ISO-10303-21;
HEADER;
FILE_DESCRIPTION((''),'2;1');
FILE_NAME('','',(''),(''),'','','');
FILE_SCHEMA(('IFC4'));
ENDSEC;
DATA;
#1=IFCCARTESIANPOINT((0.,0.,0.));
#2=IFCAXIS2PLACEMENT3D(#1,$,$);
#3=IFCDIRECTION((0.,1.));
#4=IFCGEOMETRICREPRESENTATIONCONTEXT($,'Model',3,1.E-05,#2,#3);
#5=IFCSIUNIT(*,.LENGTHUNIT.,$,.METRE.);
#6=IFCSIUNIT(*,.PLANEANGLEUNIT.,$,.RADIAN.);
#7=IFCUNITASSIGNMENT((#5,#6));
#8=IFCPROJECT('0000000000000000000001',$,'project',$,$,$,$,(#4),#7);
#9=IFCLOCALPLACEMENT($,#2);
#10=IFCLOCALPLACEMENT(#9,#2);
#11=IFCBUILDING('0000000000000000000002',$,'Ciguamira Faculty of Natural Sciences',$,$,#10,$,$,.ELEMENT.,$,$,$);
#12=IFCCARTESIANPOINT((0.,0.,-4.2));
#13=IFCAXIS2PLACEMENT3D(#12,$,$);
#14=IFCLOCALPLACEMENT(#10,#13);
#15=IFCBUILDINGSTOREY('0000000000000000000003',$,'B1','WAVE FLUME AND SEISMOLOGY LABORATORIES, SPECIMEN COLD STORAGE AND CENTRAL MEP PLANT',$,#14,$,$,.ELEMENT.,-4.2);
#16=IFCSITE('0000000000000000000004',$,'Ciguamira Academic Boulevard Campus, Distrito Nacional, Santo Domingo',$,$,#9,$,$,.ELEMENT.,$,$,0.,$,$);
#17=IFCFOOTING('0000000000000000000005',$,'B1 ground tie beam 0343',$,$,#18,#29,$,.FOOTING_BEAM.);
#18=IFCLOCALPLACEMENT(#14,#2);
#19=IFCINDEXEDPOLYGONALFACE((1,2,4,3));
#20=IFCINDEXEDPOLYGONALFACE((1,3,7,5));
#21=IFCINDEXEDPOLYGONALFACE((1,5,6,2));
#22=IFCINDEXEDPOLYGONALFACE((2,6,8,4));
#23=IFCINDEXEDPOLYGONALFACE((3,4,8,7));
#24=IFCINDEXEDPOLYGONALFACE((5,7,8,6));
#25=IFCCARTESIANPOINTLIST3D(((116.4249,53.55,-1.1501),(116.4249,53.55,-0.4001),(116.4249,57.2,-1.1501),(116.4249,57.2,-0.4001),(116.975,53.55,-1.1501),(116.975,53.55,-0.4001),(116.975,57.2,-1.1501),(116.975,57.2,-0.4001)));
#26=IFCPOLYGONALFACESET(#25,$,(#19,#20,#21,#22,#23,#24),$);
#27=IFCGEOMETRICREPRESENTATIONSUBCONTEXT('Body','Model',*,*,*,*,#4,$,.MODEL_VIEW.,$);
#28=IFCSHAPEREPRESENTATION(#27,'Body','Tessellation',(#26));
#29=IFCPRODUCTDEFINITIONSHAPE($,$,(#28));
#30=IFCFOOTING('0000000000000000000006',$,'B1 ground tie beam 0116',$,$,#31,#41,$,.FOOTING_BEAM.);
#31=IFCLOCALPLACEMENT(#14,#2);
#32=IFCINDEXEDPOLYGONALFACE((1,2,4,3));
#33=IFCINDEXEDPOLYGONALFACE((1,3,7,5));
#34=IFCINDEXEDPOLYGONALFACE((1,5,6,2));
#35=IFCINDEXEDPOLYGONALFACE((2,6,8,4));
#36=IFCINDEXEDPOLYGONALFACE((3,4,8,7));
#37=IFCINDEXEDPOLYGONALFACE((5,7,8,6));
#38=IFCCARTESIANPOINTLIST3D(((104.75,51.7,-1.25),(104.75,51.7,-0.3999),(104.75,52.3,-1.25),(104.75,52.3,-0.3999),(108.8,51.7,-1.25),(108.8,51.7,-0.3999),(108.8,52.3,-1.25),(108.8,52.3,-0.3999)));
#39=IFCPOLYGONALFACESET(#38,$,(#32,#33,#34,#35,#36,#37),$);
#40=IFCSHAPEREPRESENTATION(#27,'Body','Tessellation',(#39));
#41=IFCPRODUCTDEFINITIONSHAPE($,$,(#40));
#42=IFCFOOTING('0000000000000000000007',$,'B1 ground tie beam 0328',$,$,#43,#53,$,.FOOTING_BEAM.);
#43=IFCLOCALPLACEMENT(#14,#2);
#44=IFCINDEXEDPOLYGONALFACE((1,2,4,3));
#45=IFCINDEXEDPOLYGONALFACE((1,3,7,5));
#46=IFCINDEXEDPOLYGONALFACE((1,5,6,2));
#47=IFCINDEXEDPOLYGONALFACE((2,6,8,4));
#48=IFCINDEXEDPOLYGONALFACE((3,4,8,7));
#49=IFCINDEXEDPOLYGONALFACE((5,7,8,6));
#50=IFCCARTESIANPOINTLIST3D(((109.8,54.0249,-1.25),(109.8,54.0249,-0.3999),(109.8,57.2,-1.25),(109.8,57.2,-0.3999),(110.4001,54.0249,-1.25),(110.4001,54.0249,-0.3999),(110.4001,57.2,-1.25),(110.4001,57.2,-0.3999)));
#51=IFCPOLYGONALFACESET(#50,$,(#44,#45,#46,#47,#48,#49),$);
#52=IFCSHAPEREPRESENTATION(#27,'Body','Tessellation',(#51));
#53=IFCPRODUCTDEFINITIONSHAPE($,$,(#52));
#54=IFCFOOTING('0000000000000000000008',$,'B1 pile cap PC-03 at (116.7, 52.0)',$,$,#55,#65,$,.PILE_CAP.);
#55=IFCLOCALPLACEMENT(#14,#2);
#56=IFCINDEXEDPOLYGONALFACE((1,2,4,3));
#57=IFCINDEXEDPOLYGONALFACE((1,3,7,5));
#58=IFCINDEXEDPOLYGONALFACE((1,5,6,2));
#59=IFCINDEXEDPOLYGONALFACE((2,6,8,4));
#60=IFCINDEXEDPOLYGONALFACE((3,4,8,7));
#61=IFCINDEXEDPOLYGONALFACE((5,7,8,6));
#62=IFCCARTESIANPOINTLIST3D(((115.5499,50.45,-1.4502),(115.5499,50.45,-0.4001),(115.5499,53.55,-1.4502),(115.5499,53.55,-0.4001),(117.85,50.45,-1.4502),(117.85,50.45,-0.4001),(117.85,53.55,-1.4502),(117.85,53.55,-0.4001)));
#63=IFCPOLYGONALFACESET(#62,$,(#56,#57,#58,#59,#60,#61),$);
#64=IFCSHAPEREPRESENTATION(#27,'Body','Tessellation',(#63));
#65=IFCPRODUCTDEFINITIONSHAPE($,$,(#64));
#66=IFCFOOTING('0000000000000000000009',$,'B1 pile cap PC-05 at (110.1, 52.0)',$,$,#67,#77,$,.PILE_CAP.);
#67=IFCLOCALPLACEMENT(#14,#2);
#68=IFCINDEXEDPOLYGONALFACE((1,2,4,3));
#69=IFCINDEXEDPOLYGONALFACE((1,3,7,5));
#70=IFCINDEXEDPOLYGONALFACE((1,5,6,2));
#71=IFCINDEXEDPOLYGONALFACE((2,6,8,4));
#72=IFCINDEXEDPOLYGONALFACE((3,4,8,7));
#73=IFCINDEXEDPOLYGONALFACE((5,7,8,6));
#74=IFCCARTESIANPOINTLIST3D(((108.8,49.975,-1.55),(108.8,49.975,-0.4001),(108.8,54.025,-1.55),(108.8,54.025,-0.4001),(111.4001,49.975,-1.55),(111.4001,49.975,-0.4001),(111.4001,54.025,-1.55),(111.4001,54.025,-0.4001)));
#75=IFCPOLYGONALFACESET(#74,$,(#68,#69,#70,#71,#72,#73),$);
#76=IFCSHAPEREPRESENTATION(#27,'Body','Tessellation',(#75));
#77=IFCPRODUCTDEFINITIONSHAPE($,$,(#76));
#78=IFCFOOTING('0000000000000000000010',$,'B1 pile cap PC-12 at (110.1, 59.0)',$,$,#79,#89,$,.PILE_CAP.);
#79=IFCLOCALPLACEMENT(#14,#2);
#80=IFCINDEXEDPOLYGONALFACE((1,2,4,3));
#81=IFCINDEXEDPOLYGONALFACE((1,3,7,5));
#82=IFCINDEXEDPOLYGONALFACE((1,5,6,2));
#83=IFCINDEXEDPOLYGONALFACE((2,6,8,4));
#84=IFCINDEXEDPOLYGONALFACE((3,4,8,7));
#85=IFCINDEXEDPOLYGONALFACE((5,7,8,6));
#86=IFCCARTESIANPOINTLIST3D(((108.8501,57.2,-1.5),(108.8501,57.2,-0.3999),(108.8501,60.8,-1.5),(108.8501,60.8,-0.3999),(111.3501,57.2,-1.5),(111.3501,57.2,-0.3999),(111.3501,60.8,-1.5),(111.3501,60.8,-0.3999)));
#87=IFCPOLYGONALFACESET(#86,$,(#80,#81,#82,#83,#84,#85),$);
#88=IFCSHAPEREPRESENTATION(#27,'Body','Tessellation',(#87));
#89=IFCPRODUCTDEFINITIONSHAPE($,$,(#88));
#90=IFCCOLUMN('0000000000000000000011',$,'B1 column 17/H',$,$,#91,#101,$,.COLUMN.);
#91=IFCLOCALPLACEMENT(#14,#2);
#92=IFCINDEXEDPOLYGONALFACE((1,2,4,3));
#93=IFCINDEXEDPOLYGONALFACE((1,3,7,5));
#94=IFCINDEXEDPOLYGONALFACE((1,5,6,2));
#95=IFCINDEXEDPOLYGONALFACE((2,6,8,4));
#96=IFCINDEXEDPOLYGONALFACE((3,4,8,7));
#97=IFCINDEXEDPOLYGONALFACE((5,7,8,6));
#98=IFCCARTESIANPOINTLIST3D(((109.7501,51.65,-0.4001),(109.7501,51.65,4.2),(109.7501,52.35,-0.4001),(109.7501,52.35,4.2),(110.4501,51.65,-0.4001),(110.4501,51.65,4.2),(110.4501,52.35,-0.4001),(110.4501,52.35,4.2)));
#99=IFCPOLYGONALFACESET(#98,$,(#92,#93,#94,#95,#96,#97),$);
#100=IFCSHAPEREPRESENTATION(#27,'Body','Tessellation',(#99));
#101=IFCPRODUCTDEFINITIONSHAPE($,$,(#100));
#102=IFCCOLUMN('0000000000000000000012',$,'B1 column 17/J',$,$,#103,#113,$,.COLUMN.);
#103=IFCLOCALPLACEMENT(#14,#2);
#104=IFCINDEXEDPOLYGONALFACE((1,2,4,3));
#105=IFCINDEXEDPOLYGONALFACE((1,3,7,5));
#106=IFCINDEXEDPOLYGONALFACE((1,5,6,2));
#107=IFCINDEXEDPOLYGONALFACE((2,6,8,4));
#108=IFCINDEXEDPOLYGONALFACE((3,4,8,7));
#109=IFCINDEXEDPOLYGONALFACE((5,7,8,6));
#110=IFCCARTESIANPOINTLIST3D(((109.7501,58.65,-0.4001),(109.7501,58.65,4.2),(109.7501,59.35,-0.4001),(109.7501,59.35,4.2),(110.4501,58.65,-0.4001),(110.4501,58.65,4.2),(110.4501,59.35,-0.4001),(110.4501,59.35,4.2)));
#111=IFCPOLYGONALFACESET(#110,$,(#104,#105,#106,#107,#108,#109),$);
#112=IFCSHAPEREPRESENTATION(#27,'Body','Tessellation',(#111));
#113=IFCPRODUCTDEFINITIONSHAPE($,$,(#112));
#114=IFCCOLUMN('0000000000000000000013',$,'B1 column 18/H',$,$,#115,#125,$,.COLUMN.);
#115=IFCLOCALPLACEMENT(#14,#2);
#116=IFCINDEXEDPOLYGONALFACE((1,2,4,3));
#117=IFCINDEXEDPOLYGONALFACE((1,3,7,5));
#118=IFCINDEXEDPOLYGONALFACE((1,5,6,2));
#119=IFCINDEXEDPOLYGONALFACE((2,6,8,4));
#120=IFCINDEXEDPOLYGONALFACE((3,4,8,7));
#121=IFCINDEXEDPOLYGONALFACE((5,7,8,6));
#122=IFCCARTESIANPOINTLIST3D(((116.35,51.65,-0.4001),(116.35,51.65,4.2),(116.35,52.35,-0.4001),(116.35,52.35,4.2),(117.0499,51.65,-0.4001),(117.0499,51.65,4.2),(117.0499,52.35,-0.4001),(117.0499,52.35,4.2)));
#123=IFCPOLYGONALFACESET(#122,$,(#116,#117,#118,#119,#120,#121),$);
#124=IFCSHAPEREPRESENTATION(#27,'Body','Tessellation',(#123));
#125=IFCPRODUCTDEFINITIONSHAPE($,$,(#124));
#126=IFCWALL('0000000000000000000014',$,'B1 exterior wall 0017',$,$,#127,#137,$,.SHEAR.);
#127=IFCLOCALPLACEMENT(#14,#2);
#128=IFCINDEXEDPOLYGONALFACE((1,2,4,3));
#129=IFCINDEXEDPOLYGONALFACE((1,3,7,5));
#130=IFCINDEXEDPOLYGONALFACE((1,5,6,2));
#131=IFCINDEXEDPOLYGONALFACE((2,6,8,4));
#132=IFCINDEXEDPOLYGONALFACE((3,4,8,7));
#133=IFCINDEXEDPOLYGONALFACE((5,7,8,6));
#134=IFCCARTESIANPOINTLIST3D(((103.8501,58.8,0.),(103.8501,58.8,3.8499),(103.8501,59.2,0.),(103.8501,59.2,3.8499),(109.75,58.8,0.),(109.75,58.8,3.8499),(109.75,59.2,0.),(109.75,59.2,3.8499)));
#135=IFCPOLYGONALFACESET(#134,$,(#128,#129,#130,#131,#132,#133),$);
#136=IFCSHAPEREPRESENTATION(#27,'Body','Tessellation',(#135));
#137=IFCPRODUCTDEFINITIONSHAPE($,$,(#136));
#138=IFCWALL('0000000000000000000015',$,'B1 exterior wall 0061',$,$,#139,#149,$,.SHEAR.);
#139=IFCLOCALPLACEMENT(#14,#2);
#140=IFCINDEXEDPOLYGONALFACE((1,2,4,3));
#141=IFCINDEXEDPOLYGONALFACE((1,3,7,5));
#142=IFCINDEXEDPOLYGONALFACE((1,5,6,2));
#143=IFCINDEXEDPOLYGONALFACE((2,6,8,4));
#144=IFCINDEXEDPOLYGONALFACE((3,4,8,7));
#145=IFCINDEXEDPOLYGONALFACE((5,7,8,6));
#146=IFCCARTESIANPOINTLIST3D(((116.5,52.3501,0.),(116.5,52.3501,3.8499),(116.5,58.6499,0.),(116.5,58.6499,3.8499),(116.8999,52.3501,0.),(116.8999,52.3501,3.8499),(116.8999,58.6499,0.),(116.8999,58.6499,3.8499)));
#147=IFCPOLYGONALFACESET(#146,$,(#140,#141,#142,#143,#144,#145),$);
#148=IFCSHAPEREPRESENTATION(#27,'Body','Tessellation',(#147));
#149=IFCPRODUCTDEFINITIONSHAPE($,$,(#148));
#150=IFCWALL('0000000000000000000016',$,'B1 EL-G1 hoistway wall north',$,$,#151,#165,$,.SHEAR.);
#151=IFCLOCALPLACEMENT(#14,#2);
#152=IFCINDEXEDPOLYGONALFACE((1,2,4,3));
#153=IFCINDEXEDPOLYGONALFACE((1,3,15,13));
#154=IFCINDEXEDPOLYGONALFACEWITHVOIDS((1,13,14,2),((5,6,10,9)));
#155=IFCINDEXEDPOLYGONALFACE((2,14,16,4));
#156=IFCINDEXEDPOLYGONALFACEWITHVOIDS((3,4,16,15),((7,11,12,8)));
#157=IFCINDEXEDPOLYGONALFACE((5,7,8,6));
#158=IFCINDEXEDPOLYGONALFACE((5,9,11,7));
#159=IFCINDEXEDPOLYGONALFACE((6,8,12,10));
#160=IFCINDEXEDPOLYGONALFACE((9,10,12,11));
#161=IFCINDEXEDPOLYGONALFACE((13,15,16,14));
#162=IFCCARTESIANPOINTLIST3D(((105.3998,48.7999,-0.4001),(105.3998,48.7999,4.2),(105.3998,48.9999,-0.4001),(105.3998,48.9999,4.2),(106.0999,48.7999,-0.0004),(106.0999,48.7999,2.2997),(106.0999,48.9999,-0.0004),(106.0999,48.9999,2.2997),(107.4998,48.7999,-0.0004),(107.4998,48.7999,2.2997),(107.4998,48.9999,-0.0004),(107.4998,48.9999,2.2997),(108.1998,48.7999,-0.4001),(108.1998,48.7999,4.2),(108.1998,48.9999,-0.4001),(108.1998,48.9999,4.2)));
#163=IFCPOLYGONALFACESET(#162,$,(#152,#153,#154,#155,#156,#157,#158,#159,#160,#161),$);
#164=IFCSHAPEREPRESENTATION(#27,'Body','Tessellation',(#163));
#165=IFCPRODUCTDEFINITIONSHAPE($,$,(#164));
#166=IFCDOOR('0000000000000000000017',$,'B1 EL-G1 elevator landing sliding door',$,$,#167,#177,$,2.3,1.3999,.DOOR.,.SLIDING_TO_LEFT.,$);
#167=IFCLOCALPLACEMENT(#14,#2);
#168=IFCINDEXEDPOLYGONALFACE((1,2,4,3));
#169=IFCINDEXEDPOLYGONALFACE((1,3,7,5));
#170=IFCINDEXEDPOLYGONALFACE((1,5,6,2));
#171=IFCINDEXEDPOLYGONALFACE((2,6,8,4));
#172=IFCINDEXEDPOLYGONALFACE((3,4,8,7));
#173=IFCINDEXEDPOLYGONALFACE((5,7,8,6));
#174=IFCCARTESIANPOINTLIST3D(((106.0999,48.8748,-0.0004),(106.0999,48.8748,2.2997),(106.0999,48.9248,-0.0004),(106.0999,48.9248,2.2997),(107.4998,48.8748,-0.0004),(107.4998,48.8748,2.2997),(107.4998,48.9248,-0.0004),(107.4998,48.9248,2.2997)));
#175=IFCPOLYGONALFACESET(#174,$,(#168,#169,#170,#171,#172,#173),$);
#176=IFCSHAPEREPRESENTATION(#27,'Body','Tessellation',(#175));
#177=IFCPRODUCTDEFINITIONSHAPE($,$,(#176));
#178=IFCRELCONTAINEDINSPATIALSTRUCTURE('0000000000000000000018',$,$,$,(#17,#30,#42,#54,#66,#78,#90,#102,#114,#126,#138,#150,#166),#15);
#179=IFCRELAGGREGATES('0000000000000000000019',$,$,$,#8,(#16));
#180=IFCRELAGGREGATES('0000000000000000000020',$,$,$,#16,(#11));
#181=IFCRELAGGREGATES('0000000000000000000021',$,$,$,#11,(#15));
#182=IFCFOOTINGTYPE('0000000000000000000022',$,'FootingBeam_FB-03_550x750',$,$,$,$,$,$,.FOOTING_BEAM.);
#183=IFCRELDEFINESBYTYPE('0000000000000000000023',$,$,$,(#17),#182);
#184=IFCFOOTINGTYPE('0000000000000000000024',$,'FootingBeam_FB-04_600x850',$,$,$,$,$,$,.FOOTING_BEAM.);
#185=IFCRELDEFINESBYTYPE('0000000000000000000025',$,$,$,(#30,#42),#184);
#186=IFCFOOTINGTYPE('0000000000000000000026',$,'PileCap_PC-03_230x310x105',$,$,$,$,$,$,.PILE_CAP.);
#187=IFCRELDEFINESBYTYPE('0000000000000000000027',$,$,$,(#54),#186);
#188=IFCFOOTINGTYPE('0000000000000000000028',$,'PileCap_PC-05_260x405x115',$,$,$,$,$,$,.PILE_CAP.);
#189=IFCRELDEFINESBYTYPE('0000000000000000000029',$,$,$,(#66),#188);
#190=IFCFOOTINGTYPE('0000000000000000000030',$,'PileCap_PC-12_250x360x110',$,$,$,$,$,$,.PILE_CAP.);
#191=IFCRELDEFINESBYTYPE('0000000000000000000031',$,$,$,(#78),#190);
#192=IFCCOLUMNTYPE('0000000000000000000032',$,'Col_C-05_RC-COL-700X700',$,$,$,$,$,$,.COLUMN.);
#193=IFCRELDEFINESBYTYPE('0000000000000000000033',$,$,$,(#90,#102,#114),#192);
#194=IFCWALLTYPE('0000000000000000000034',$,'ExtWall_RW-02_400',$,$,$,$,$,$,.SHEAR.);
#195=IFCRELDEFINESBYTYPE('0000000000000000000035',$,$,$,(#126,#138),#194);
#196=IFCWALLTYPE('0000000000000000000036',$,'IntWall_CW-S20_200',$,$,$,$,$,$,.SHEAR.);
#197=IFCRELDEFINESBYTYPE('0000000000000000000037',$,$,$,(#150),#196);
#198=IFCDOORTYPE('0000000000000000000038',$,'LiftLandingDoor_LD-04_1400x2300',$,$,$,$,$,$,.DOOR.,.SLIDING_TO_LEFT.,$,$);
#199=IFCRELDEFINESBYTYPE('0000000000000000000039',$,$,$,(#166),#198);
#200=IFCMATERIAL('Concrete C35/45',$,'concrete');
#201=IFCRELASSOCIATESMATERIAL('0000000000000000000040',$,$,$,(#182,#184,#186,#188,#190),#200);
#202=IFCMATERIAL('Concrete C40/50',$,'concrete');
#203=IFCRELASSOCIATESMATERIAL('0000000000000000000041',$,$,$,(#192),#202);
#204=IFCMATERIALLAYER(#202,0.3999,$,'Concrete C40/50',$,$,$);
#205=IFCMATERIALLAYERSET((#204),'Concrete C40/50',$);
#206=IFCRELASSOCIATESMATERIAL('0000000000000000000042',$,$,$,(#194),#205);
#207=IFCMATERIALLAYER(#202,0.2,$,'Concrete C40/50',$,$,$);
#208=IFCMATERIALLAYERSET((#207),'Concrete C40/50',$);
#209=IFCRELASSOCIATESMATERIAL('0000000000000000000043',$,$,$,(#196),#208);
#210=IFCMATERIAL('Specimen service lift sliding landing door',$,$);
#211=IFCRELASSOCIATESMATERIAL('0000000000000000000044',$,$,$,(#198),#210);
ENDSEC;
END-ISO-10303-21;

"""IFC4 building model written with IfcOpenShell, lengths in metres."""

from ifc_helpers import new_model, si_unit, direction, frame, frame_2d, origin, origin_2d, place, context, subcontext, project, spatial, rectangle, extrude, material, layer, layer_set, material_profile, profile_set, type_object, element, fill, save


model = new_model("IFC4")

# Units and contexts
model_context = context("Model", 3, precision=1e-05, world=origin(), true_north=direction((0.0, 1.0)))
body_context = subcontext(model_context, "Body", "Model", "MODEL_VIEW")
ifc_project = project(units=[si_unit("LENGTHUNIT", "METRE"), si_unit("PLANEANGLEUNIT", "RADIAN")], contexts=[model_context])

# Site, building, storey
site_placement = place(None, origin())
site = spatial("IfcSite", under=ifc_project, at=site_placement, Name="Ciguamira Academic Boulevard Campus, Distrito Nacional, Santo Domingo", CompositionType="ELEMENT", RefElevation=0.0)
building_placement = place(site_placement, origin())
building = spatial("IfcBuilding", under=site, at=building_placement, Name="Ciguamira Faculty of Natural Sciences", CompositionType="ELEMENT")
storey_placement = place(building_placement, frame((0.0, 0.0, -4.2)))
storey = spatial("IfcBuildingStorey", under=building, at=storey_placement, Name="B1", Description="WAVE FLUME AND SEISMOLOGY LABORATORIES, SPECIMEN COLD STORAGE AND CENTRAL MEP PLANT", CompositionType="ELEMENT", Elevation=-4.2)

# Shared definitions
ifc_material_1 = material(Name="Concrete C35/45", Category="concrete")

# Footings
ifc_material_profile_1 = material_profile(ifc_material_1, rectangle(XDim=0.55, YDim=0.75, at=origin_2d()), Name="RC-FB-550X750")
ifc_profile_set_1 = profile_set([ifc_material_profile_1], Name="Concrete C35/45")
footing_type_1 = type_object("IfcFootingType", Name="FootingBeam_FB-03_550x750", PredefinedType="FOOTING_BEAM", material=ifc_profile_set_1)
footing_1_placement = place(storey_placement, frame((116.7, 53.55, -0.7751), z_axis=(0.0, 1.0, 0.0), x_axis=(-1.0, 0.0, 0.0)))
element("IfcFooting", 1, at=footing_1_placement, inside=storey, type_object=footing_type_1, Name="B1 ground tie beam 0343", PredefinedType="FOOTING_BEAM", context=body_context, shape_type="SweptSolid", body=[
    extrude(rectangle(XDim=0.55, YDim=0.75, at=origin_2d()), origin(), (0.0, 0.0, 1.0), 3.6499),
])
ifc_material_profile_2 = material_profile(ifc_material_1, rectangle(XDim=0.6001, YDim=0.8501, at=origin_2d()), Name="RC-FB-600X850")
ifc_profile_set_2 = profile_set([ifc_material_profile_2], Name="Concrete C35/45")
footing_type_2 = type_object("IfcFootingType", Name="FootingBeam_FB-04_600x850", PredefinedType="FOOTING_BEAM", material=ifc_profile_set_2)
footing_2_placement = place(storey_placement, frame((104.75, 52.0, -0.825), z_axis=(1.0, 0.0, 0.0), x_axis=(0.0, 1.0, 0.0)))
element("IfcFooting", 2, at=footing_2_placement, inside=storey, type_object=footing_type_2, Name="B1 ground tie beam 0116", PredefinedType="FOOTING_BEAM", context=body_context, shape_type="SweptSolid", body=[
    extrude(rectangle(XDim=0.6001, YDim=0.8501, at=origin_2d()), origin(), (0.0, 0.0, 1.0), 4.05),
])
footing_3_placement = place(storey_placement, frame((110.1001, 54.0249, -0.825), z_axis=(0.0, 1.0, 0.0), x_axis=(-1.0, 0.0, 0.0)))
element("IfcFooting", 3, at=footing_3_placement, inside=storey, type_object=footing_type_2, Name="B1 ground tie beam 0328", PredefinedType="FOOTING_BEAM", context=body_context, shape_type="SweptSolid", body=[
    extrude(rectangle(XDim=0.6001, YDim=0.8501, at=origin_2d()), origin(), (0.0, 0.0, 1.0), 3.175),
])
footing_type_3 = type_object("IfcFootingType", Name="PileCap_PC-03_230x310x105", PredefinedType="PILE_CAP", material=ifc_material_1)
footing_4_placement = place(storey_placement, frame((116.7, 52.0, -1.4502), z_axis=(0.0, 0.0, 1.0), x_axis=(1.0, 0.0, 0.0)))
element("IfcFooting", 4, at=footing_4_placement, inside=storey, type_object=footing_type_3, Name="B1 pile cap PC-03 at (116.7, 52.0)", PredefinedType="PILE_CAP", context=body_context, shape_type="SweptSolid", body=[
    extrude(rectangle(XDim=2.3, YDim=3.1001, at=origin_2d()), origin(), (0.0, 0.0, 1.0), 1.05),
])
footing_type_4 = type_object("IfcFootingType", Name="PileCap_PC-05_260x405x115", PredefinedType="PILE_CAP", material=ifc_material_1)
footing_5_placement = place(storey_placement, frame((110.1001, 52.0, -1.55), z_axis=(0.0, 0.0, 1.0), x_axis=(1.0, 0.0, 0.0)))
element("IfcFooting", 5, at=footing_5_placement, inside=storey, type_object=footing_type_4, Name="B1 pile cap PC-05 at (110.1, 52.0)", PredefinedType="PILE_CAP", context=body_context, shape_type="SweptSolid", body=[
    extrude(rectangle(XDim=2.6001, YDim=4.05, at=origin_2d()), origin(), (0.0, 0.0, 1.0), 1.1499),
])
footing_type_5 = type_object("IfcFootingType", Name="PileCap_PC-12_250x360x110", PredefinedType="PILE_CAP", material=ifc_material_1)
footing_6_placement = place(storey_placement, frame((110.1001, 59.0, -1.5), z_axis=(0.0, 0.0, 1.0), x_axis=(1.0, 0.0, 0.0)))
element("IfcFooting", 6, at=footing_6_placement, inside=storey, type_object=footing_type_5, Name="B1 pile cap PC-12 at (110.1, 59.0)", PredefinedType="PILE_CAP", context=body_context, shape_type="SweptSolid", body=[
    extrude(rectangle(XDim=2.5, YDim=3.6001, at=origin_2d()), origin(), (0.0, 0.0, 1.0), 1.1001),
])

# Columns
ifc_material_2 = material(Name="Concrete C40/50", Category="concrete")
ifc_material_profile_3 = material_profile(ifc_material_2, rectangle(XDim=0.7, YDim=0.7, at=origin_2d()), Name="RC-COL-700X700")
ifc_profile_set_3 = profile_set([ifc_material_profile_3], Name="Concrete C40/50")
column_type = type_object("IfcColumnType", Name="Col_C-05_RC-COL-700X700", PredefinedType="COLUMN", material=ifc_profile_set_3)
for number, where, z_axis, x_axis, name in (
    (7, (110.1001, 52.0, -0.4001), (0.0, 0.0, 1.0), (1.0, 0.0, 0.0), "B1 column 17/H"),
    (8, (110.1001, 59.0, -0.4001), (0.0, 0.0, 1.0), (1.0, 0.0, 0.0), "B1 column 17/J"),
    (9, (116.7, 52.0, -0.4001), (0.0, 0.0, 1.0), (1.0, 0.0, 0.0), "B1 column 18/H"),
):
    element("IfcColumn", number, at=place(storey_placement, frame(where, z_axis=z_axis, x_axis=x_axis)), inside=storey, type_object=column_type, Name=name, PredefinedType="COLUMN", context=body_context, shape_type="SweptSolid", body=[
        extrude(rectangle(XDim=0.7, YDim=0.7, at=origin_2d()), origin(), (0.0, 0.0, 1.0), 4.6001),
    ])

# Walls
ifc_layer_1 = layer(ifc_material_2, 0.3999, Name="Concrete C40/50")
ifc_layer_set_1 = layer_set([ifc_layer_1], Name="Concrete C40/50")
wall_type_1 = type_object("IfcWallType", Name="ExtWall_RW-02_400", PredefinedType="SHEAR", material=ifc_layer_set_1)
wall_1_placement = place(storey_placement, frame((103.8501, 59.0, 0.0), z_axis=(0.0, 0.0, 1.0), x_axis=(1.0, 0.0, 0.0)))
element("IfcWall", 10, at=wall_1_placement, inside=storey, type_object=wall_type_1, Name="B1 exterior wall 0017", PredefinedType="SHEAR", context=body_context, shape_type="SweptSolid", body=[
    extrude(rectangle(XDim=5.8999, YDim=0.3999, at=frame_2d((2.95, 0.0))), origin(), (0.0, 0.0, 1.0), 3.8499),
])
wall_2_placement = place(storey_placement, frame((116.7, 52.3501, 0.0), z_axis=(0.0, 0.0, 1.0), x_axis=(0.0, 1.0, 0.0)))
element("IfcWall", 11, at=wall_2_placement, inside=storey, type_object=wall_type_1, Name="B1 exterior wall 0061", PredefinedType="SHEAR", context=body_context, shape_type="SweptSolid", body=[
    extrude(rectangle(XDim=6.2998, YDim=0.3999, at=frame_2d((3.1499, 0.0))), origin(), (0.0, 0.0, 1.0), 3.8499),
])

# Wall, opening, door
ifc_layer_2 = layer(ifc_material_2, 0.2, Name="Concrete C40/50")
ifc_layer_set_2 = layer_set([ifc_layer_2], Name="Concrete C40/50")
wall_type_2 = type_object("IfcWallType", Name="IntWall_CW-S20_200", PredefinedType="SHEAR", material=ifc_layer_set_2)
wall_3_placement = place(storey_placement, frame((105.3999, 48.8999, -0.4001), z_axis=(0.0, 0.0, 1.0), x_axis=(1.0, 0.0, 0.0)))
wall_3 = element("IfcWall", 12, at=wall_3_placement, inside=storey, type_object=wall_type_2, Name="B1 EL-G1 hoistway wall north", PredefinedType="SHEAR", context=body_context, shape_type="SweptSolid", body=[
    extrude(rectangle(XDim=2.8, YDim=0.2, at=frame_2d((1.3999, 0.0))), origin(), (0.0, 0.0, 1.0), 4.6001),
])
opening_placement = place(wall_3_placement, frame((0.7, 0.0, 0.3999)))
opening = element("IfcOpeningElement", 13, at=opening_placement, cuts=wall_3, PredefinedType="OPENING", context=body_context, shape_type="SweptSolid", body=[
    extrude(rectangle(XDim=1.3999, YDim=2.3, at=frame_2d((0.7, 1.1499))), frame((0.0, 0.1099, 0.0), z_axis=(0.0, -1.0, 0.0), x_axis=(1.0, 0.0, 0.0)), (0.0, 0.0, 1.0), 0.22),
])
ifc_material_3 = material(Name="Specimen service lift sliding landing door")
door_type = type_object("IfcDoorType", Name="LiftLandingDoor_LD-04_1400x2300", OperationType="SLIDING_TO_LEFT", PredefinedType="DOOR", material=ifc_material_3)
door_placement = place(opening_placement, origin())
door = element("IfcDoor", 14, at=door_placement, inside=storey, type_object=door_type, Name="B1 EL-G1 elevator landing sliding door", OperationType="SLIDING_TO_LEFT", OverallHeight=2.3, OverallWidth=1.3999, PredefinedType="DOOR", context=body_context, shape_type="SweptSolid", body=[
    extrude(rectangle(XDim=1.3999, YDim=2.3, at=frame_2d((0.7, 1.1499))), frame((0.0, 0.0249, 0.0), z_axis=(0.0, -1.0, 0.0), x_axis=(1.0, 0.0, 0.0)), (0.0, 0.0, 1.0), 0.05),
])
fill(opening, door)

save(model, "model.ifc")
